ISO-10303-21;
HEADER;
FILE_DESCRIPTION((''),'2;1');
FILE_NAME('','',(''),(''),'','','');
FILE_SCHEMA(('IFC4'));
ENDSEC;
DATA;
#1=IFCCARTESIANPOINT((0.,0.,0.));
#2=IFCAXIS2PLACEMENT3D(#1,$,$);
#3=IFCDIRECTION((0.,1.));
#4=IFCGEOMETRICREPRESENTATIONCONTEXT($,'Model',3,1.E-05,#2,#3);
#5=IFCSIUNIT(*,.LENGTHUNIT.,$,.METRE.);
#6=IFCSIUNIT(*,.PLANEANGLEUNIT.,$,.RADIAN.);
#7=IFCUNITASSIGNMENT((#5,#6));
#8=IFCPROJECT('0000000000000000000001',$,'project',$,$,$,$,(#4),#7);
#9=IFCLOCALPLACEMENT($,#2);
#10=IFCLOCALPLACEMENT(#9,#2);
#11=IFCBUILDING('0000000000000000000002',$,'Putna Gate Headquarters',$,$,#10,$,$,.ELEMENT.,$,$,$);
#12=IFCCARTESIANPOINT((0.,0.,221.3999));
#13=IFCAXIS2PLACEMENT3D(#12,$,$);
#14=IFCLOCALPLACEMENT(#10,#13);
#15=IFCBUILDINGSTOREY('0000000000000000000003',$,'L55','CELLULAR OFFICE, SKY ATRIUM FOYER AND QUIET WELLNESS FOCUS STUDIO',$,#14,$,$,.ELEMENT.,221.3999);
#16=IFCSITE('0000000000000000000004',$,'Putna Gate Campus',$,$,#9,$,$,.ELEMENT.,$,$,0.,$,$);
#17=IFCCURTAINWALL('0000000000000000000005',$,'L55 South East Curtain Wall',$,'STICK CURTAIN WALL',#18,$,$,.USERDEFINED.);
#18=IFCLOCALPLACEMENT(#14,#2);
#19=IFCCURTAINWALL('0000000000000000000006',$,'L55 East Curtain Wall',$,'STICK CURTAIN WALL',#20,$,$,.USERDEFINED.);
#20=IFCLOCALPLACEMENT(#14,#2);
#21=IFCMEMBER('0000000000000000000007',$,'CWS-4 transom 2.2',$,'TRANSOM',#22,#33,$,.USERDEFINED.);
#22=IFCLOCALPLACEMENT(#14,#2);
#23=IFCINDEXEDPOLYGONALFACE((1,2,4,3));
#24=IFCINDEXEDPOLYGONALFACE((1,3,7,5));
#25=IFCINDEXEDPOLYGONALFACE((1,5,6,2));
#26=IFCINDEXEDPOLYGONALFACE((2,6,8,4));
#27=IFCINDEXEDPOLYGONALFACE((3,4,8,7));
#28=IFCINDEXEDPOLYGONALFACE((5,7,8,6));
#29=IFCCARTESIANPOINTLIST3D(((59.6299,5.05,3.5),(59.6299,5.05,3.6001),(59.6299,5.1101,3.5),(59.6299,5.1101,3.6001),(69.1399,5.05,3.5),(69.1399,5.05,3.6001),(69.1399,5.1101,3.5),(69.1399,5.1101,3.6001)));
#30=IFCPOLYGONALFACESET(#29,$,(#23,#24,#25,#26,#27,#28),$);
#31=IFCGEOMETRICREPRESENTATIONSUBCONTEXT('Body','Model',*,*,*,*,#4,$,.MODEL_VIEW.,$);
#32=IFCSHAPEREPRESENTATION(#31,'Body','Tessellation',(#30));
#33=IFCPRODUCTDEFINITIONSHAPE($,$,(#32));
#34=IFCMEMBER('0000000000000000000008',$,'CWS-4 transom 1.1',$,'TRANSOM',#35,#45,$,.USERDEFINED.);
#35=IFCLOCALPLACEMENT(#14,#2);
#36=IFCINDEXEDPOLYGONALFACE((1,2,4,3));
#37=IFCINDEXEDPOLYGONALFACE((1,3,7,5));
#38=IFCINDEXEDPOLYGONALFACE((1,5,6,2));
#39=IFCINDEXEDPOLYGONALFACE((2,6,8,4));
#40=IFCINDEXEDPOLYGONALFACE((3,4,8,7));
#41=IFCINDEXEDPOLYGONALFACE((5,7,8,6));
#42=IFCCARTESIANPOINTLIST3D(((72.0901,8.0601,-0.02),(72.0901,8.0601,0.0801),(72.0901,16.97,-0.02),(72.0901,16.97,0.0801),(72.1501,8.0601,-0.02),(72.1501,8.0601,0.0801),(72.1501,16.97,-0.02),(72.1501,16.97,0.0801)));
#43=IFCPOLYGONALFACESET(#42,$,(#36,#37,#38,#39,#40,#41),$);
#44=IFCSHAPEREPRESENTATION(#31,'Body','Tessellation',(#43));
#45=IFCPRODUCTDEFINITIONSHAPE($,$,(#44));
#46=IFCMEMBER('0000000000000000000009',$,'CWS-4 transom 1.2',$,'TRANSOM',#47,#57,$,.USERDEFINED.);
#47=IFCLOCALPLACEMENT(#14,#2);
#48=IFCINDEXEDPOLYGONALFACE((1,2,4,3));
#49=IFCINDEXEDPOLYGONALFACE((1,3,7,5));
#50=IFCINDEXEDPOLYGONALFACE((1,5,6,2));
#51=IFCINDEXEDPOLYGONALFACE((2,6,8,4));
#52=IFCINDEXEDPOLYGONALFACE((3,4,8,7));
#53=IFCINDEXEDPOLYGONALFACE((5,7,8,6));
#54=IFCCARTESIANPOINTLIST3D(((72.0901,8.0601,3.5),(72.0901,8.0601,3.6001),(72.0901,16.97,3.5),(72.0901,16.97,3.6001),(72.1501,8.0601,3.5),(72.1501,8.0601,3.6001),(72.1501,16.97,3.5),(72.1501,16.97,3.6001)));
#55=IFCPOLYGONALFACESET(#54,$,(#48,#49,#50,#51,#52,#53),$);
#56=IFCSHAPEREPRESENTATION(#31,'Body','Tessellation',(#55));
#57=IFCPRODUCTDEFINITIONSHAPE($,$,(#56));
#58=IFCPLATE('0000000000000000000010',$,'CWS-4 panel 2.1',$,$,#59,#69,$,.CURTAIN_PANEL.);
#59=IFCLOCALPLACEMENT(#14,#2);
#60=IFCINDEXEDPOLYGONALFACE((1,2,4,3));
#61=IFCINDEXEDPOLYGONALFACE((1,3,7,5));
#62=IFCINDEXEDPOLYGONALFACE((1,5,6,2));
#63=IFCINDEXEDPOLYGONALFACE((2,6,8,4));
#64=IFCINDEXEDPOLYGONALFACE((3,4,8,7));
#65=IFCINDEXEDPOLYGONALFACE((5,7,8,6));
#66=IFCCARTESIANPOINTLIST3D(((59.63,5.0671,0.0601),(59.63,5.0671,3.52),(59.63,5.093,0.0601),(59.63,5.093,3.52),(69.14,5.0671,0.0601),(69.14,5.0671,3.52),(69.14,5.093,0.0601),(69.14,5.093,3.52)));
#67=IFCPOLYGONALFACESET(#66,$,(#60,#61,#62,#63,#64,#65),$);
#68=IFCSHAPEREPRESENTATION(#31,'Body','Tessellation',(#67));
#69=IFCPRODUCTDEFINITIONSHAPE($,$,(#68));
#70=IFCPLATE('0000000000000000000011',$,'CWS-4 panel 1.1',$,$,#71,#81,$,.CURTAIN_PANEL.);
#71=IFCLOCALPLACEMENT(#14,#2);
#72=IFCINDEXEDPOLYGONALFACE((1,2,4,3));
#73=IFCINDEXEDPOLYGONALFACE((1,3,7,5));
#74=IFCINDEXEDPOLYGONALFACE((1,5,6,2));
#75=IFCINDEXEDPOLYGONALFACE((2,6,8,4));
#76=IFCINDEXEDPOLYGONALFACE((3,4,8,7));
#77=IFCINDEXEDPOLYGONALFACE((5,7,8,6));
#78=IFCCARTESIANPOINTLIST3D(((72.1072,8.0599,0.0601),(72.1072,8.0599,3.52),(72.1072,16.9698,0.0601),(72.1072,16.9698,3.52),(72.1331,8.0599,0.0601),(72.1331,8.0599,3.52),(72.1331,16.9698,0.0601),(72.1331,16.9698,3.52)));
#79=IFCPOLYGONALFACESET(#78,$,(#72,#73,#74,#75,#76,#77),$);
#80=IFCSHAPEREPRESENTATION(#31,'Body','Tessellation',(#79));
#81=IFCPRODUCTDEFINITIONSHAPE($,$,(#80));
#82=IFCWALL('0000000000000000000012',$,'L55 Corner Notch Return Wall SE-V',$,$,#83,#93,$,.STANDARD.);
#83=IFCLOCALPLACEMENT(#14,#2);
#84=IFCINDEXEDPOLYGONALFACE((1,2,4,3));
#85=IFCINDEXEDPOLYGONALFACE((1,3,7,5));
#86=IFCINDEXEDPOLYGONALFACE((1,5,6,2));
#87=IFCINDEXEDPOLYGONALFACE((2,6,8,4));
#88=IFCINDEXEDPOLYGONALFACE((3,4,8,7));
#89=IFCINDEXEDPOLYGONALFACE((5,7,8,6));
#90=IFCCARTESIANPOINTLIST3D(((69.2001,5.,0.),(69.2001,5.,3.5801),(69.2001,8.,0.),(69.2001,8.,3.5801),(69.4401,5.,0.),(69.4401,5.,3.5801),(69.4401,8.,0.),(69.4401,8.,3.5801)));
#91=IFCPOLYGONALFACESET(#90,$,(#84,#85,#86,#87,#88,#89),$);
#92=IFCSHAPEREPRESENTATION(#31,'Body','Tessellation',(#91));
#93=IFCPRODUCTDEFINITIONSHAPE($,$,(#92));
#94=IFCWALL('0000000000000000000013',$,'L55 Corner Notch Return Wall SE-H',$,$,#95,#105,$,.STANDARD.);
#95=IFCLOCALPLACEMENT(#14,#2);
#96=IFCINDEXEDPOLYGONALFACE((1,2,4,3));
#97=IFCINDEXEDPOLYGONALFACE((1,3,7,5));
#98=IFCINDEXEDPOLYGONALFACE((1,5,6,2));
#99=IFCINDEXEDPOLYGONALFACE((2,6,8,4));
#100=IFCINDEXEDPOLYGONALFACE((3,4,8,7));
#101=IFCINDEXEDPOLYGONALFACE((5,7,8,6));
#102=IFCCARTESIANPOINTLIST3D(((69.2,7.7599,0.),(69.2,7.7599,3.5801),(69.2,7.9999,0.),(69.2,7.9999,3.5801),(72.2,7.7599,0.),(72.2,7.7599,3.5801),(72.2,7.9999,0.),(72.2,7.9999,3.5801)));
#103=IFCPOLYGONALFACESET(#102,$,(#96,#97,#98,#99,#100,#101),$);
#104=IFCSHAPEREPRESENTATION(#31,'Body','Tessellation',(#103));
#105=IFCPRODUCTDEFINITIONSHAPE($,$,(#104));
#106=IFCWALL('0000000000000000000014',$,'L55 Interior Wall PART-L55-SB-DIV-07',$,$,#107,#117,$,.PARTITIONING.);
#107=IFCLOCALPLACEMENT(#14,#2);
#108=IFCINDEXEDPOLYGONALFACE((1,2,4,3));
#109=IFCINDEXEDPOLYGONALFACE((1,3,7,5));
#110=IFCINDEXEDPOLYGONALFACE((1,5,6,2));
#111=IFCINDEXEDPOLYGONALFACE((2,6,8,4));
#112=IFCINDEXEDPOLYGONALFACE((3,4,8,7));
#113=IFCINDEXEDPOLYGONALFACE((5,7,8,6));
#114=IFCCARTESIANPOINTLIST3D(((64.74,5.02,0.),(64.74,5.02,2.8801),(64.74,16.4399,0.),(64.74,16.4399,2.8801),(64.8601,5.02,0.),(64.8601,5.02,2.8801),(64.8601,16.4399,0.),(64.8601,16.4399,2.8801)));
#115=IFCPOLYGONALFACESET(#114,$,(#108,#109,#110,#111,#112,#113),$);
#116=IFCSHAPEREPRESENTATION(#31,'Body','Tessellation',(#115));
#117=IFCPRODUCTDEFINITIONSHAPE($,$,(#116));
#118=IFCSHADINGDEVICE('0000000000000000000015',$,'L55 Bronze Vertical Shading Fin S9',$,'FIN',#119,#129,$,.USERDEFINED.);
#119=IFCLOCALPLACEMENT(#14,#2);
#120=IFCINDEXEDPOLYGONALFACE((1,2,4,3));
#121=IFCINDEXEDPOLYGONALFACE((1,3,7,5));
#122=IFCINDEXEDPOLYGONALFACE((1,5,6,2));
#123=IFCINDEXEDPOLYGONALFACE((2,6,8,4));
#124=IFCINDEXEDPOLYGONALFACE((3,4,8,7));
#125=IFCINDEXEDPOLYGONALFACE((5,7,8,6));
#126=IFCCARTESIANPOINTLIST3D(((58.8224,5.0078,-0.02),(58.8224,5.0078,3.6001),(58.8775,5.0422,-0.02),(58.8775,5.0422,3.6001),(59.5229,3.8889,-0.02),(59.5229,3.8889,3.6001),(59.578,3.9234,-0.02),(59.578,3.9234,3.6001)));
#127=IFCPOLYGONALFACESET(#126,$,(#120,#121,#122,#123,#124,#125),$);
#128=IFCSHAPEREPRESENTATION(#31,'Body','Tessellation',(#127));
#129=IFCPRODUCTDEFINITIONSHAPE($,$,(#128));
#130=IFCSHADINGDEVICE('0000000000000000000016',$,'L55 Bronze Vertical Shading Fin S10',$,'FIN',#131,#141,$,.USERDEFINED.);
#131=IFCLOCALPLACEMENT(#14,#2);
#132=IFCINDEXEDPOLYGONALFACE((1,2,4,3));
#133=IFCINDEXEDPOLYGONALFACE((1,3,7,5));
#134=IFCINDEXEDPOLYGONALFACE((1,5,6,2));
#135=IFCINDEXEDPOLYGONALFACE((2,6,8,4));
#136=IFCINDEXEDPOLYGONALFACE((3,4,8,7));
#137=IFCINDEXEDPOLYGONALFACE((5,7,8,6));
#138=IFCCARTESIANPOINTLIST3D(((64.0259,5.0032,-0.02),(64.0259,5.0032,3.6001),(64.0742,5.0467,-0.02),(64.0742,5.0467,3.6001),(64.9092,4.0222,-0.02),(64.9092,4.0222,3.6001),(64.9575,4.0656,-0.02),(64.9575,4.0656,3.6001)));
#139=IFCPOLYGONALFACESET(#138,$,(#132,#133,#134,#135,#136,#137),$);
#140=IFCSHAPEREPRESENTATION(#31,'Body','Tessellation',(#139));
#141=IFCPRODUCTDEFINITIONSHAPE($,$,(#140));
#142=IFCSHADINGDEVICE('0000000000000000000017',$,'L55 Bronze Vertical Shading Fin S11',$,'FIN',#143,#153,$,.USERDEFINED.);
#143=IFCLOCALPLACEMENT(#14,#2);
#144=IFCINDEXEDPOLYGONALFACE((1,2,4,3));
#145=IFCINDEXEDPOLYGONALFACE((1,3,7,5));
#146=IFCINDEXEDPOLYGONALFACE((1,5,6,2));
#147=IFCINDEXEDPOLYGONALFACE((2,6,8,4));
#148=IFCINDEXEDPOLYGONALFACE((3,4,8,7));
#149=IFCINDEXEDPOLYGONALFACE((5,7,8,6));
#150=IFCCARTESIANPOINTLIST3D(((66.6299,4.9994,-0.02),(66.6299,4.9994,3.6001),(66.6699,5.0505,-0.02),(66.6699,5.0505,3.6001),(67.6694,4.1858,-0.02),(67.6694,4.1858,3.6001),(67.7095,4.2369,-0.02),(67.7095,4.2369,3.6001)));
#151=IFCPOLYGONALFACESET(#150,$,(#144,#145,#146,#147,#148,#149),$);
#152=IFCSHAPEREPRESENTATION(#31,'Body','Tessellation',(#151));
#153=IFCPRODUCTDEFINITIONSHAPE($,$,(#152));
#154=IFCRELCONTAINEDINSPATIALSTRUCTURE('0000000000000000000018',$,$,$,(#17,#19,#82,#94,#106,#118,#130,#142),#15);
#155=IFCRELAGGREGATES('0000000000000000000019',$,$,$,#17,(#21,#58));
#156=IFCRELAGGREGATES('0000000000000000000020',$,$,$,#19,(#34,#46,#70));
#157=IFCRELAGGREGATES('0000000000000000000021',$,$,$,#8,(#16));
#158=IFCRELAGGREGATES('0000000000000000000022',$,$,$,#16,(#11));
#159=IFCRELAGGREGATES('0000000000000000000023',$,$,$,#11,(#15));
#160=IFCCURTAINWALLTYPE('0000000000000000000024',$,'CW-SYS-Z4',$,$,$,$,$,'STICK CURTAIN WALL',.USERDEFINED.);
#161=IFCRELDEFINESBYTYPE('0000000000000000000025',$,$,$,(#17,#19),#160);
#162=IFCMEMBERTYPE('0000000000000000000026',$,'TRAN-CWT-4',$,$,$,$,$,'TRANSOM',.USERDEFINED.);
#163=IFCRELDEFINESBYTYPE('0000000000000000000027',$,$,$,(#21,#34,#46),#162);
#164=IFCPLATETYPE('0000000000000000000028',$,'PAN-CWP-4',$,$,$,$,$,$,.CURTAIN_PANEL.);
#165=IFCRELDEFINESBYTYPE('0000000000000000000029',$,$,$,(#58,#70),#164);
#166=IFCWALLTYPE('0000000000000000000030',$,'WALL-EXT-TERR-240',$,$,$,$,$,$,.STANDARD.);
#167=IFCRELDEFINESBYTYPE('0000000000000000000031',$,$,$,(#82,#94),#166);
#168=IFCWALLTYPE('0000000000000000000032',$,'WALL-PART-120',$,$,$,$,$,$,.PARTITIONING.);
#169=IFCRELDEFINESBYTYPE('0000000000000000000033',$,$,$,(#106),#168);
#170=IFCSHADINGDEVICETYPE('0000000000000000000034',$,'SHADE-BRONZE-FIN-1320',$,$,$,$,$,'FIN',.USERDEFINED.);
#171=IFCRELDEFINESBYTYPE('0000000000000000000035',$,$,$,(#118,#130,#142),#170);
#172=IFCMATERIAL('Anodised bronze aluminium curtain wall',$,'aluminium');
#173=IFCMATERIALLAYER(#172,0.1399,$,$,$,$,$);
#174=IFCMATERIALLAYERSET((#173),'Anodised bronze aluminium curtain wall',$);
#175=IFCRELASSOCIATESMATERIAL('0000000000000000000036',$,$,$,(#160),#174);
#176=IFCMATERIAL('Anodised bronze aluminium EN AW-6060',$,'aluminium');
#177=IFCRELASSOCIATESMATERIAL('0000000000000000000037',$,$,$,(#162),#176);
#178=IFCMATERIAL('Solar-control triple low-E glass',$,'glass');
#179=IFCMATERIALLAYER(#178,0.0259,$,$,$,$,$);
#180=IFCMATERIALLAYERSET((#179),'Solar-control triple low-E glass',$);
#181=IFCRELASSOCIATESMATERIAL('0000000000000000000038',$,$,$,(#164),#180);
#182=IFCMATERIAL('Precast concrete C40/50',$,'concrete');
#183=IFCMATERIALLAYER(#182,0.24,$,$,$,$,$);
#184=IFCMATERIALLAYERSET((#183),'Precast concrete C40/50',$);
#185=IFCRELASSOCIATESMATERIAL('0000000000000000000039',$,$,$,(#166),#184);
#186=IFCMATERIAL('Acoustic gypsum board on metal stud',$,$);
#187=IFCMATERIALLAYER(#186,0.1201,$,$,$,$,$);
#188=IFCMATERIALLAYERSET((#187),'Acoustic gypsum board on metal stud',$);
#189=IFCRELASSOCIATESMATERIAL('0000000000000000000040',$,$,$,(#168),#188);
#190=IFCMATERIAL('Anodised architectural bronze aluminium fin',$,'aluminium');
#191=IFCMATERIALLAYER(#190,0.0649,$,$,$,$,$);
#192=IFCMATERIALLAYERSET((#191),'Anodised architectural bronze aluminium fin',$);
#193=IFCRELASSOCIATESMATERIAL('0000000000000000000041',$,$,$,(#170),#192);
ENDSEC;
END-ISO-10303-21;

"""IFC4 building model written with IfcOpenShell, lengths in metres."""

from ifc_helpers import new_model, si_unit, direction, frame, frame_2d, origin, origin_2d, place, context, subcontext, project, spatial, rectangle, extrude, material, layer, layer_set, material_profile, profile_set, type_object, element, aggregate, save


model = new_model("IFC4")

# Units and contexts
model_context = context("Model", 3, precision=1e-05, world=origin(), true_north=direction((0.0, 1.0)))
body_context = subcontext(model_context, "Body", "Model", "MODEL_VIEW")
ifc_project = project(units=[si_unit("LENGTHUNIT", "METRE"), si_unit("PLANEANGLEUNIT", "RADIAN")], contexts=[model_context])

# Site, building, storey
site_placement = place(None, origin())
site = spatial("IfcSite", under=ifc_project, at=site_placement, Name="Putna Gate Campus", CompositionType="ELEMENT", RefElevation=0.0)
building_placement = place(site_placement, origin())
building = spatial("IfcBuilding", under=site, at=building_placement, Name="Putna Gate Headquarters", CompositionType="ELEMENT")
storey_placement = place(building_placement, frame((0.0, 0.0, 221.3999)))
storey = spatial("IfcBuildingStorey", under=building, at=storey_placement, Name="L55", Description="CELLULAR OFFICE, SKY ATRIUM FOYER AND QUIET WELLNESS FOCUS STUDIO", CompositionType="ELEMENT", Elevation=221.3999)

# Curtain wall
ifc_material_1 = material(Name="Anodised bronze aluminium curtain wall", Category="aluminium")
ifc_layer_1 = layer(ifc_material_1, 0.1399)
ifc_layer_set_1 = layer_set([ifc_layer_1], Name="Anodised bronze aluminium curtain wall")
curtain_wall_type = type_object("IfcCurtainWallType", Name="CW-SYS-Z4", ElementType="STICK CURTAIN WALL", PredefinedType="USERDEFINED", material=ifc_layer_set_1)
curtain_wall_1_placement = place(storey_placement, origin())
curtain_wall_1 = element("IfcCurtainWall", 1, at=curtain_wall_1_placement, inside=storey, type_object=curtain_wall_type, Name="L55 South East Curtain Wall", ObjectType="STICK CURTAIN WALL", PredefinedType="USERDEFINED")
ifc_material_2 = material(Name="Anodised bronze aluminium EN AW-6060", Category="aluminium")

# Curtain wall
curtain_wall_2_placement = place(storey_placement, origin())
curtain_wall_2 = element("IfcCurtainWall", 2, at=curtain_wall_2_placement, inside=storey, type_object=curtain_wall_type, Name="L55 East Curtain Wall", ObjectType="STICK CURTAIN WALL", PredefinedType="USERDEFINED")

# Members
ifc_material_profile_1 = material_profile(ifc_material_2, rectangle(XDim=0.0601, YDim=0.1001, at=origin_2d()), Name="Anodised bronze aluminium EN AW-6060")
ifc_profile_set_1 = profile_set([ifc_material_profile_1], Name="Anodised bronze aluminium EN AW-6060")
member_type_1 = type_object("IfcMemberType", Name="TRAN-CWT-4", ElementType="TRANSOM", PredefinedType="USERDEFINED", material=ifc_profile_set_1)
member_1_placement = place(storey_placement, frame((59.6299, 5.0801, 3.55), z_axis=(1.0, 0.0, 0.0), x_axis=(0.0, 1.0, 0.0)))
member_1 = element("IfcMember", 3, at=member_1_placement, type_object=member_type_1, Name="CWS-4 transom 2.2", ObjectType="TRANSOM", PredefinedType="USERDEFINED", context=body_context, shape_type="SweptSolid", body=[
    extrude(rectangle(XDim=0.0601, YDim=0.1001, at=origin_2d()), origin(), (0.0, 0.0, 1.0), 9.51),
])
member_2_placement = place(storey_placement, frame((72.1201, 8.0601, 0.03), z_axis=(0.0, 1.0, 0.0), x_axis=(-1.0, 0.0, 0.0)))
member_2 = element("IfcMember", 4, at=member_2_placement, type_object=member_type_1, Name="CWS-4 transom 1.1", ObjectType="TRANSOM", PredefinedType="USERDEFINED", context=body_context, shape_type="SweptSolid", body=[
    extrude(rectangle(XDim=0.0601, YDim=0.1001, at=origin_2d()), origin(), (0.0, 0.0, 1.0), 8.9099),
])
member_3_placement = place(storey_placement, frame((72.1201, 8.0601, 3.55), z_axis=(0.0, 1.0, 0.0), x_axis=(-1.0, 0.0, 0.0)))
member_3 = element("IfcMember", 5, at=member_3_placement, type_object=member_type_1, Name="CWS-4 transom 1.2", ObjectType="TRANSOM", PredefinedType="USERDEFINED", context=body_context, shape_type="SweptSolid", body=[
    extrude(rectangle(XDim=0.0601, YDim=0.1001, at=origin_2d()), origin(), (0.0, 0.0, 1.0), 8.9099),
])

# Plates
ifc_material_3 = material(Name="Solar-control triple low-E glass", Category="glass")
ifc_layer_2 = layer(ifc_material_3, 0.0259)
ifc_layer_set_2 = layer_set([ifc_layer_2], Name="Solar-control triple low-E glass")
plate_type = type_object("IfcPlateType", Name="PAN-CWP-4", PredefinedType="CURTAIN_PANEL", material=ifc_layer_set_2)
plate_1_placement = place(storey_placement, frame((64.385, 5.0801, 0.0601), z_axis=(0.0, 0.0, 1.0), x_axis=(1.0, 0.0, 0.0)))
plate_1 = element("IfcPlate", 6, at=plate_1_placement, type_object=plate_type, Name="CWS-4 panel 2.1", PredefinedType="CURTAIN_PANEL", context=body_context, shape_type="SweptSolid", body=[
    extrude(rectangle(XDim=9.51, YDim=0.0259, at=origin_2d()), origin(), (0.0, 0.0, 1.0), 3.46),
])
aggregate(curtain_wall_1, [member_1, plate_1])
plate_2_placement = place(storey_placement, frame((72.1201, 12.5149, 0.0601), z_axis=(0.0, 0.0, 1.0), x_axis=(0.0, 1.0, 0.0)))
plate_2 = element("IfcPlate", 7, at=plate_2_placement, type_object=plate_type, Name="CWS-4 panel 1.1", PredefinedType="CURTAIN_PANEL", context=body_context, shape_type="SweptSolid", body=[
    extrude(rectangle(XDim=8.9099, YDim=0.0259, at=origin_2d()), origin(), (0.0, 0.0, 1.0), 3.46),
])
aggregate(curtain_wall_2, [member_2, member_3, plate_2])

# Walls
ifc_material_4 = material(Name="Precast concrete C40/50", Category="concrete")
ifc_layer_3 = layer(ifc_material_4, 0.24)
ifc_layer_set_3 = layer_set([ifc_layer_3], Name="Precast concrete C40/50")
wall_type_1 = type_object("IfcWallType", Name="WALL-EXT-TERR-240", PredefinedType="STANDARD", material=ifc_layer_set_3)
for number, where, z_axis, x_axis, name in (
    (8, (69.3201, 8.0, 0.0), (0.0, 0.0, 1.0), (0.0, -1.0, 0.0), "L55 Corner Notch Return Wall SE-V"),
    (9, (72.2, 7.8799, 0.0), (0.0, 0.0, 1.0), (-1.0, 0.0, 0.0), "L55 Corner Notch Return Wall SE-H"),
):
    element("IfcWall", number, at=place(storey_placement, frame(where, z_axis=z_axis, x_axis=x_axis)), inside=storey, type_object=wall_type_1, Name=name, PredefinedType="STANDARD", context=body_context, shape_type="SweptSolid", body=[
        extrude(rectangle(XDim=3.0, YDim=0.24, at=frame_2d((1.5, 0.0))), origin(), (0.0, 0.0, 1.0), 3.5801),
    ])
ifc_material_5 = material(Name="Acoustic gypsum board on metal stud")
ifc_layer_4 = layer(ifc_material_5, 0.1201)
ifc_layer_set_4 = layer_set([ifc_layer_4], Name="Acoustic gypsum board on metal stud")
wall_type_2 = type_object("IfcWallType", Name="WALL-PART-120", PredefinedType="PARTITIONING", material=ifc_layer_set_4)
wall_placement = place(storey_placement, frame((64.8, 5.02, 0.0), z_axis=(0.0, 0.0, 1.0), x_axis=(0.0, 1.0, 0.0)))
element("IfcWall", 10, at=wall_placement, inside=storey, type_object=wall_type_2, Name="L55 Interior Wall PART-L55-SB-DIV-07", PredefinedType="PARTITIONING", context=body_context, shape_type="SweptSolid", body=[
    extrude(rectangle(XDim=11.4199, YDim=0.1201, at=frame_2d((5.71, 0.0))), origin(), (0.0, 0.0, 1.0), 2.8801),
])

# Shading devices
ifc_material_6 = material(Name="Anodised architectural bronze aluminium fin", Category="aluminium")
ifc_layer_5 = layer(ifc_material_6, 0.0649)
ifc_layer_set_5 = layer_set([ifc_layer_5], Name="Anodised architectural bronze aluminium fin")
shading_device_type = type_object("IfcShadingDeviceType", Name="SHADE-BRONZE-FIN-1320", ElementType="FIN", PredefinedType="USERDEFINED", material=ifc_layer_set_5)
for number, where, z_axis, x_axis, name in (
    (11, (59.2002, 4.4656, -0.02), (0.0, 0.0, 1.0), (0.530659, -0.847585, 0.0), "L55 Bronze Vertical Shading Fin S9"),
    (12, (64.4917, 4.5344, -0.02), (0.0, 0.0, 1.0), (0.669131, -0.743145, 0.0), "L55 Bronze Vertical Shading Fin S10"),
    (13, (67.1697, 4.6182, -0.02), (0.0, 0.0, 1.0), (0.787473, -0.616349, 0.0), "L55 Bronze Vertical Shading Fin S11"),
):
    element("IfcShadingDevice", number, at=place(storey_placement, frame(where, z_axis=z_axis, x_axis=x_axis)), inside=storey, type_object=shading_device_type, Name=name, ObjectType="FIN", PredefinedType="USERDEFINED", context=body_context, shape_type="SweptSolid", body=[
        extrude(rectangle(XDim=1.3201, YDim=0.0649, at=origin_2d()), origin(), (0.0, 0.0, 1.0), 3.6201),
    ])

save(model, "model.ifc")
